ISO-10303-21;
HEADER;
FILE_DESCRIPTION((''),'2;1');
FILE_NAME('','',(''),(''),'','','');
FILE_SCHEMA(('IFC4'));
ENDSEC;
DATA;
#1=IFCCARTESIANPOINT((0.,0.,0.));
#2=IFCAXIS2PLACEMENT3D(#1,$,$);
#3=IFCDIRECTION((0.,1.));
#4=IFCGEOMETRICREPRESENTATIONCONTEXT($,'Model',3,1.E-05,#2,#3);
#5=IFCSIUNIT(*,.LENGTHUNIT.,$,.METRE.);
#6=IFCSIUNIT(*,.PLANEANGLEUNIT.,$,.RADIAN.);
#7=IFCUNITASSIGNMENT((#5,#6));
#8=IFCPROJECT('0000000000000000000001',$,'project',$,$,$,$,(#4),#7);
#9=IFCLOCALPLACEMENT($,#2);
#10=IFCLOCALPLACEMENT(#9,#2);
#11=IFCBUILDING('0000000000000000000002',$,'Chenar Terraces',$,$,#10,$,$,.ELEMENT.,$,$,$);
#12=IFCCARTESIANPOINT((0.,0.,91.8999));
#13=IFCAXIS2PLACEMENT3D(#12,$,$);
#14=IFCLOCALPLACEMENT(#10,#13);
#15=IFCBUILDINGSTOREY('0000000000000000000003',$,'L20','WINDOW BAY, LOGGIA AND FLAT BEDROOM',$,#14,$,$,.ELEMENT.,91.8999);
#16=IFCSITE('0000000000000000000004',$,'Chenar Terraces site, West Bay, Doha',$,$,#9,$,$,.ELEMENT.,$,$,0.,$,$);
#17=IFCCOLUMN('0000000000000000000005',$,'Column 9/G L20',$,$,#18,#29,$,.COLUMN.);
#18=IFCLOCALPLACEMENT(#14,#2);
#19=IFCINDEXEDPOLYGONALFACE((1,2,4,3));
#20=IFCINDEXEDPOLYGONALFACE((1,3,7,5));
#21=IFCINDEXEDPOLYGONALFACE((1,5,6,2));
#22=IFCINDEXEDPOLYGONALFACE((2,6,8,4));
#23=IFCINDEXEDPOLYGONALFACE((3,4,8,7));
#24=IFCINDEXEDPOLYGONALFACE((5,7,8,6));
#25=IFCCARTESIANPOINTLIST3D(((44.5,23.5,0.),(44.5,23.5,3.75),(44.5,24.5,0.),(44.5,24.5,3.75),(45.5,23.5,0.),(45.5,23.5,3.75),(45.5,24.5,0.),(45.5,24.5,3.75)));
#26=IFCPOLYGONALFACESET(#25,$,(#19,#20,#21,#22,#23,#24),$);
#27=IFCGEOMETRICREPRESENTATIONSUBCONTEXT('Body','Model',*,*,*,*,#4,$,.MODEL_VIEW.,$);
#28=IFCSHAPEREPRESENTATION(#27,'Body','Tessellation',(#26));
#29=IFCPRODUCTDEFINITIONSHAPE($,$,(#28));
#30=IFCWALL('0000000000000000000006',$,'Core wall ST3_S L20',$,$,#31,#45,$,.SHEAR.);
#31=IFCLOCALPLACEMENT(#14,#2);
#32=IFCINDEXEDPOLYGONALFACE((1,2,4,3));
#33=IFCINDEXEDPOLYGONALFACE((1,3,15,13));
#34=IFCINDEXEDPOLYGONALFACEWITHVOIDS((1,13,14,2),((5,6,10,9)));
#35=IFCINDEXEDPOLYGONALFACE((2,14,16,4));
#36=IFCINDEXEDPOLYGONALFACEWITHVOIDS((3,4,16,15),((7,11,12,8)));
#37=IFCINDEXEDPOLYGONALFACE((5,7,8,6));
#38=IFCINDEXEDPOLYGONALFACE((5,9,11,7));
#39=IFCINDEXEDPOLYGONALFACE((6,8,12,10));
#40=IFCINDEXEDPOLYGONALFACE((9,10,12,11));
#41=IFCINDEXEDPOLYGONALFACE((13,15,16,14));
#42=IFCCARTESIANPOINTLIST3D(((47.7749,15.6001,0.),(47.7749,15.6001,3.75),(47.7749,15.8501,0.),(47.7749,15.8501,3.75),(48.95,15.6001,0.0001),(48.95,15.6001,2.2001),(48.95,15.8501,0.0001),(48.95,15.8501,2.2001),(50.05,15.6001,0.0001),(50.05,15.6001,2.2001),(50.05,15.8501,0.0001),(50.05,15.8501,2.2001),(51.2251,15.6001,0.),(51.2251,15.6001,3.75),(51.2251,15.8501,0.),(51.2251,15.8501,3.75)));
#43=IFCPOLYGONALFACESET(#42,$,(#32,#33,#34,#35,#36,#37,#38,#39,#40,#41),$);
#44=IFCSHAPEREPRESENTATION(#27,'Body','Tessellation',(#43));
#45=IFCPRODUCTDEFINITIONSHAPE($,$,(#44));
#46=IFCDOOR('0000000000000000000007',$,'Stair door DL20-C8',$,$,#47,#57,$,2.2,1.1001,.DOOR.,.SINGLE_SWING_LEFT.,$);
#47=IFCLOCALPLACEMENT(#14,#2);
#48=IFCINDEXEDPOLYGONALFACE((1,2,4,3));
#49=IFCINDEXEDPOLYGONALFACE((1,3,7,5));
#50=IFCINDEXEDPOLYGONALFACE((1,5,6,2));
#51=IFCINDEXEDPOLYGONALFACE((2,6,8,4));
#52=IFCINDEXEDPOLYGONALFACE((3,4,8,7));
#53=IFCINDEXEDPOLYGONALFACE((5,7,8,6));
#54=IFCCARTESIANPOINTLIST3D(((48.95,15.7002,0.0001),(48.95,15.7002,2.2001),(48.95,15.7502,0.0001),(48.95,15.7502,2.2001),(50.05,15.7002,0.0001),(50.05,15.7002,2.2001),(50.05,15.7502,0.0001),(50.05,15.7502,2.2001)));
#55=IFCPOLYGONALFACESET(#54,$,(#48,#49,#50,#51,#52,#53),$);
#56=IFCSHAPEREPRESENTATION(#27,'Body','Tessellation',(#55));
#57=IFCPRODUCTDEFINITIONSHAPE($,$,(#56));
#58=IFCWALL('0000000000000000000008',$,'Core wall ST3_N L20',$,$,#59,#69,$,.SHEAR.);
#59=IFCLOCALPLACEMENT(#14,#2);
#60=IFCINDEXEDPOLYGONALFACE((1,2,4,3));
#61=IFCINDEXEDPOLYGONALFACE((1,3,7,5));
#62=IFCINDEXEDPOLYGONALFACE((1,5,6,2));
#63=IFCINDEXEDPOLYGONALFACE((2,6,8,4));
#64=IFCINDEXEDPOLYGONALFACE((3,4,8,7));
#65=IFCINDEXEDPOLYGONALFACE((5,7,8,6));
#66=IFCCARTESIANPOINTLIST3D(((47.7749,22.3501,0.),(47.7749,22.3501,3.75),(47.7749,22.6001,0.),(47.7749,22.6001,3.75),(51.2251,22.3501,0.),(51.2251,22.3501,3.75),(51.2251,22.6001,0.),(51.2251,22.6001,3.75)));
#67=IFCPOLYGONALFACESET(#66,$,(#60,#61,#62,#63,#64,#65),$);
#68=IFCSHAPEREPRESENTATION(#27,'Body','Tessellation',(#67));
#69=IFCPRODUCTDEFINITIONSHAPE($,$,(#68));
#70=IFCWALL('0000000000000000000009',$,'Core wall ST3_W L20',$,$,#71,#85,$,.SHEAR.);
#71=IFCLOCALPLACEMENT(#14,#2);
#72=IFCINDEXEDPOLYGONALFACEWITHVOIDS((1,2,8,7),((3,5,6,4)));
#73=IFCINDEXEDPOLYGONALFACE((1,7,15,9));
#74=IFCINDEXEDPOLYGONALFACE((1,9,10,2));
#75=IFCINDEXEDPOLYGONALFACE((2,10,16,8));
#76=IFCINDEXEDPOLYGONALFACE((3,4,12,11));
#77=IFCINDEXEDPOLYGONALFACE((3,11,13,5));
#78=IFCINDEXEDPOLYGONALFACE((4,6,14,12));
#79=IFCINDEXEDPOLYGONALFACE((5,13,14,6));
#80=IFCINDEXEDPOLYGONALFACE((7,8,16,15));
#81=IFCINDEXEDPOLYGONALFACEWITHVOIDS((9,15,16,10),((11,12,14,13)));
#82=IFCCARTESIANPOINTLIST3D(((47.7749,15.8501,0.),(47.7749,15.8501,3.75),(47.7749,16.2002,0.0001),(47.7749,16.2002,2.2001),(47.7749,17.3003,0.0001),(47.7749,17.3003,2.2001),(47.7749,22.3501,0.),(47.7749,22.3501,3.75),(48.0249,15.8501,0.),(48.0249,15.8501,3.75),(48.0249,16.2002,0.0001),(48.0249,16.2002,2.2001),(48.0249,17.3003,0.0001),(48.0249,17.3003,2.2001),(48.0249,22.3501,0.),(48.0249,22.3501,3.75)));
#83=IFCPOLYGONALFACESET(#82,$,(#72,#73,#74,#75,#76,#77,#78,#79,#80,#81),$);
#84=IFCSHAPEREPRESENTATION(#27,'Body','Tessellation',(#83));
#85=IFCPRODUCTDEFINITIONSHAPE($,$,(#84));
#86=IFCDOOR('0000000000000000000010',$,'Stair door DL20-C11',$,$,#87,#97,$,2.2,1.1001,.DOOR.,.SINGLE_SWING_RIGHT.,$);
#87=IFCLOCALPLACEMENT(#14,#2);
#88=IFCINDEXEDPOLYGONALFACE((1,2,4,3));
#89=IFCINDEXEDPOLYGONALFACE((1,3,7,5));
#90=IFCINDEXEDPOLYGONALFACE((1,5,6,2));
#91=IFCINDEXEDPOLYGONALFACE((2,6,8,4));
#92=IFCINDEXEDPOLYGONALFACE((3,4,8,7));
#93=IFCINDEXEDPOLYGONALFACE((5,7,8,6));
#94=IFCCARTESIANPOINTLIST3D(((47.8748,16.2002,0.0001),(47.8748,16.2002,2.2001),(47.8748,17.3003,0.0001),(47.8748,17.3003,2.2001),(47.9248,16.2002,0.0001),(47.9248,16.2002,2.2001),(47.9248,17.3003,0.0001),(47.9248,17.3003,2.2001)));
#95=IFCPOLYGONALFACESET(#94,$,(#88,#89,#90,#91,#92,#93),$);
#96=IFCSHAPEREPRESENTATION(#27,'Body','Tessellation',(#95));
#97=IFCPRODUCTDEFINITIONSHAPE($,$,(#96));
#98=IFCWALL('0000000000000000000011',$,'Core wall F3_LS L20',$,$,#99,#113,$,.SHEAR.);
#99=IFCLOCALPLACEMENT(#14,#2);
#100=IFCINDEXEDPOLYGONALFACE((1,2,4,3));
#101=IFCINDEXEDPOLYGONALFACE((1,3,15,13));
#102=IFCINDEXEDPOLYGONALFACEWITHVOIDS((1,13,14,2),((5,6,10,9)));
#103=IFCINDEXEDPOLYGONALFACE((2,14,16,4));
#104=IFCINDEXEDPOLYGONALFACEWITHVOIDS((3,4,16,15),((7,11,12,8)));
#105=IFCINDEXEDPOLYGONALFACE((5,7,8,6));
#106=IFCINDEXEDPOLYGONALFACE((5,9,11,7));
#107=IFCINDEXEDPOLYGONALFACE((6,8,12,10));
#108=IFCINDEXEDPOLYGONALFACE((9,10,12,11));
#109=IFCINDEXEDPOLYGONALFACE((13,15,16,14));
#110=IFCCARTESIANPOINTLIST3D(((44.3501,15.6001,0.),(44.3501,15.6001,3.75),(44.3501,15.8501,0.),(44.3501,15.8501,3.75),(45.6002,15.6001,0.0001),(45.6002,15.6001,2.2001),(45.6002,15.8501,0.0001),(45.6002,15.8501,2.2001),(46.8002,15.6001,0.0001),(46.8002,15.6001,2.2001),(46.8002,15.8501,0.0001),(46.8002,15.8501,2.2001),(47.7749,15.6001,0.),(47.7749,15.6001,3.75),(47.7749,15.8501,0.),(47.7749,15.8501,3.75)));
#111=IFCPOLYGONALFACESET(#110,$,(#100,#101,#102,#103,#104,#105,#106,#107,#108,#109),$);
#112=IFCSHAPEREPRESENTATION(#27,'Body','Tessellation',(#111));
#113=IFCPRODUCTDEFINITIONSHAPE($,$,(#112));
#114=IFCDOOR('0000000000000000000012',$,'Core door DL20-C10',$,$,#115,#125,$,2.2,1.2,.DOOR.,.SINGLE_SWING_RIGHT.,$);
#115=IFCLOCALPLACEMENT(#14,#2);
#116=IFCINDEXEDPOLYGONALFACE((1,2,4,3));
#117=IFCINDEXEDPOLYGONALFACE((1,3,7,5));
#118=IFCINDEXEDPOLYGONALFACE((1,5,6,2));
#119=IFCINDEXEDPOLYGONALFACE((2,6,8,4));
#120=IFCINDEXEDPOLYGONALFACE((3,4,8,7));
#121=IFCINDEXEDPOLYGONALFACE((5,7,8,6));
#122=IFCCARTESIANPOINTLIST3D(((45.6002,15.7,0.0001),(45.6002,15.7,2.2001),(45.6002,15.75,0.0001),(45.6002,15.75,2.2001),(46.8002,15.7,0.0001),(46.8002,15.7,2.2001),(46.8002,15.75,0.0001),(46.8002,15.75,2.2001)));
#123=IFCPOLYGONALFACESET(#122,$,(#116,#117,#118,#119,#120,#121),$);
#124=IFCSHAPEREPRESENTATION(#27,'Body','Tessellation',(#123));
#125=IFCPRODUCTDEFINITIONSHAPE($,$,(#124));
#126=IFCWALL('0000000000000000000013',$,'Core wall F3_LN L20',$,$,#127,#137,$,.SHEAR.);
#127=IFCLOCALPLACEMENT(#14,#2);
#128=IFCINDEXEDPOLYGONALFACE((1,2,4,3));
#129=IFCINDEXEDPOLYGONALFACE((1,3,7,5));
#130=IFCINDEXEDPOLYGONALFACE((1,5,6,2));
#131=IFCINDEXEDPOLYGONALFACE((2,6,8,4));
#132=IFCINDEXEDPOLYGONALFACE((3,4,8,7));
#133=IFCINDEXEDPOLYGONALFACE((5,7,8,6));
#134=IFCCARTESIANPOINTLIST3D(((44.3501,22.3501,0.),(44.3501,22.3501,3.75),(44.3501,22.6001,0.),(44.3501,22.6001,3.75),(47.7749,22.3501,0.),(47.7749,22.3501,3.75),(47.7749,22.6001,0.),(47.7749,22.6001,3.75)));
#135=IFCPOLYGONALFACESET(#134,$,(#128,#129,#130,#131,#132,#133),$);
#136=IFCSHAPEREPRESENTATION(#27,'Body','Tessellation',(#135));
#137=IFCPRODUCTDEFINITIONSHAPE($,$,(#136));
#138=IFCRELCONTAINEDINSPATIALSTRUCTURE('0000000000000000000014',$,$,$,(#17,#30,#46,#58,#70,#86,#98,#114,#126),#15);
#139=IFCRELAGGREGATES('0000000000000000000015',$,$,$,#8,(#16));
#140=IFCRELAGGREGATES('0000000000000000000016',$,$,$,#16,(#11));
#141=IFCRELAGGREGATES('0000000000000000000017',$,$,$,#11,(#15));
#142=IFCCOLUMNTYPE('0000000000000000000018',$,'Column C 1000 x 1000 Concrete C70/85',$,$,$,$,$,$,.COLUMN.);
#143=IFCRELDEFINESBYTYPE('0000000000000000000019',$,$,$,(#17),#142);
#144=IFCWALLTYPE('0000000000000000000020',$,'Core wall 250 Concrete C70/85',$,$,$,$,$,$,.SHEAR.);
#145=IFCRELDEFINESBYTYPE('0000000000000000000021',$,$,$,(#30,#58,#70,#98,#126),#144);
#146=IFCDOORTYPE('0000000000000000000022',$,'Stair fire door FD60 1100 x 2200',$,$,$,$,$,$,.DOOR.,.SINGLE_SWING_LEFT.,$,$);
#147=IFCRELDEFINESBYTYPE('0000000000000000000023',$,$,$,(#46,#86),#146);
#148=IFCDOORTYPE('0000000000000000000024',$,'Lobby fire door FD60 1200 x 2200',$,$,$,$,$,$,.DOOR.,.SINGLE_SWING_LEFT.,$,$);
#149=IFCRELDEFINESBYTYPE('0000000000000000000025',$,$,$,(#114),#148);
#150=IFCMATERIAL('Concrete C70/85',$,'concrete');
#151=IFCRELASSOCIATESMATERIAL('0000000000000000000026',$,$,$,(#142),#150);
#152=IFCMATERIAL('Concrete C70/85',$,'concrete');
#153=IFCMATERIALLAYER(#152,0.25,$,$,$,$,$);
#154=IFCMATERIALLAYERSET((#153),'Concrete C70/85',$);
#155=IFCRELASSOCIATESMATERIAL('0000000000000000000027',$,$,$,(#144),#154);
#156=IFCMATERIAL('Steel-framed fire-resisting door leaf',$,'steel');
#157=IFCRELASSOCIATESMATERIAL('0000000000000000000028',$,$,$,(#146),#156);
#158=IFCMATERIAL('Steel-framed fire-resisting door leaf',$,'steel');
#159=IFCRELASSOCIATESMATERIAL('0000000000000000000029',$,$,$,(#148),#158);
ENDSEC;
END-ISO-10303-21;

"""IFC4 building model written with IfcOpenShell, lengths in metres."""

from ifc_helpers import new_model, si_unit, direction, frame, frame_2d, origin, origin_2d, place, context, subcontext, project, spatial, rectangle, extrude, material, layer, layer_set, material_profile, profile_set, type_object, element, fill, save


model = new_model("IFC4")

# Units and contexts
model_context = context("Model", 3, precision=1e-05, world=origin(), true_north=direction((0.0, 1.0)))
body_context = subcontext(model_context, "Body", "Model", "MODEL_VIEW")
ifc_project = project(units=[si_unit("LENGTHUNIT", "METRE"), si_unit("PLANEANGLEUNIT", "RADIAN")], contexts=[model_context])

# Site, building, storey
site_placement = place(None, origin())
site = spatial("IfcSite", under=ifc_project, at=site_placement, Name="Chenar Terraces site, West Bay, Doha", CompositionType="ELEMENT", RefElevation=0.0)
building_placement = place(site_placement, origin())
building = spatial("IfcBuilding", under=site, at=building_placement, Name="Chenar Terraces", CompositionType="ELEMENT")
storey_placement = place(building_placement, frame((0.0, 0.0, 91.8999)))
storey = spatial("IfcBuildingStorey", under=building, at=storey_placement, Name="L20", Description="WINDOW BAY, LOGGIA AND FLAT BEDROOM", CompositionType="ELEMENT", Elevation=91.8999)

# Column
ifc_material_1 = material(Name="Concrete C70/85", Category="concrete")
ifc_material_profile_1 = material_profile(ifc_material_1, rectangle(XDim=1.0, YDim=1.0, at=origin_2d()), Name="C 1000 x 1000")
ifc_profile_set_1 = profile_set([ifc_material_profile_1], Name="Concrete C70/85")
column_type = type_object("IfcColumnType", Name="Column C 1000 x 1000 Concrete C70/85", PredefinedType="COLUMN", material=ifc_profile_set_1)
column_placement = place(storey_placement, frame((45.0, 24.0, 0.0), z_axis=(0.0, 0.0, 1.0), x_axis=(1.0, 0.0, 0.0)))
element("IfcColumn", 1, at=column_placement, inside=storey, type_object=column_type, Name="Column 9/G L20", PredefinedType="COLUMN", context=body_context, shape_type="SweptSolid", body=[
    extrude(rectangle(XDim=1.0, YDim=1.0, at=origin_2d()), origin(), (0.0, 0.0, 1.0), 3.75),
])

# Wall, opening, door
ifc_material_2 = material(Name="Concrete C70/85", Category="concrete")
ifc_layer_1 = layer(ifc_material_2, 0.25)
ifc_layer_set_1 = layer_set([ifc_layer_1], Name="Concrete C70/85")
wall_type_1 = type_object("IfcWallType", Name="Core wall 250 Concrete C70/85", PredefinedType="SHEAR", material=ifc_layer_set_1)
wall_1_placement = place(storey_placement, frame((47.7749, 15.7251, 0.0), z_axis=(0.0, 0.0, 1.0), x_axis=(1.0, 0.0, 0.0)))
wall_1 = element("IfcWall", 2, at=wall_1_placement, inside=storey, type_object=wall_type_1, Name="Core wall ST3_S L20", PredefinedType="SHEAR", context=body_context, shape_type="SweptSolid", body=[
    extrude(rectangle(XDim=3.4502, YDim=0.25, at=frame_2d((1.7251, 0.0))), origin(), (0.0, 0.0, 1.0), 3.75),
])
opening_1_placement = place(wall_1_placement, frame((1.175, 0.0, 0.0)))
opening_1 = element("IfcOpeningElement", 3, at=opening_1_placement, cuts=wall_1, PredefinedType="OPENING", context=body_context, shape_type="SweptSolid", body=[
    extrude(rectangle(XDim=1.1001, YDim=2.2, at=frame_2d((0.55, 1.1001))), frame((0.0, 0.135, 0.0), z_axis=(0.0, -1.0, 0.0), x_axis=(1.0, 0.0, 0.0)), (0.0, 0.0, 1.0), 0.27),
])
ifc_material_3 = material(Name="Steel-framed fire-resisting door leaf", Category="steel")
door_type_1 = type_object("IfcDoorType", Name="Stair fire door FD60 1100 x 2200", OperationType="SINGLE_SWING_LEFT", PredefinedType="DOOR", material=ifc_material_3)
door_1_placement = place(opening_1_placement, frame((1.1001, 0.0, 0.0), z_axis=(0.0, 0.0, 1.0), x_axis=(-1.0, 0.0, 0.0)))
door_1 = element("IfcDoor", 4, at=door_1_placement, inside=storey, type_object=door_type_1, Name="Stair door DL20-C8", OperationType="SINGLE_SWING_LEFT", OverallHeight=2.2, OverallWidth=1.1001, PredefinedType="DOOR", context=body_context, shape_type="SweptSolid", body=[
    extrude(rectangle(XDim=1.1001, YDim=2.2, at=frame_2d((0.55, 1.1001))), frame((0.0, 0.0249, 0.0), z_axis=(0.0, -1.0, 0.0), x_axis=(1.0, 0.0, 0.0)), (0.0, 0.0, 1.0), 0.05),
])
fill(opening_1, door_1)

# Wall
wall_2_placement = place(storey_placement, frame((47.7749, 22.4751, 0.0), z_axis=(0.0, 0.0, 1.0), x_axis=(1.0, 0.0, 0.0)))
element("IfcWall", 5, at=wall_2_placement, inside=storey, type_object=wall_type_1, Name="Core wall ST3_N L20", PredefinedType="SHEAR", context=body_context, shape_type="SweptSolid", body=[
    extrude(rectangle(XDim=3.4502, YDim=0.25, at=frame_2d((1.7251, 0.0))), origin(), (0.0, 0.0, 1.0), 3.75),
])

# Walls, openings, doors
wall_3_placement = place(storey_placement, frame((47.8999, 15.8501, 0.0), z_axis=(0.0, 0.0, 1.0), x_axis=(0.0, 1.0, 0.0)))
wall_3 = element("IfcWall", 6, at=wall_3_placement, inside=storey, type_object=wall_type_1, Name="Core wall ST3_W L20", PredefinedType="SHEAR", context=body_context, shape_type="SweptSolid", body=[
    extrude(rectangle(XDim=6.5, YDim=0.25, at=frame_2d((3.25, 0.0))), origin(), (0.0, 0.0, 1.0), 3.75),
])
opening_2_placement = place(wall_3_placement, frame((0.3501, 0.0, 0.0)))
opening_2 = element("IfcOpeningElement", 7, at=opening_2_placement, cuts=wall_3, PredefinedType="OPENING", context=body_context, shape_type="SweptSolid", body=[
    extrude(rectangle(XDim=1.1001, YDim=2.2, at=frame_2d((0.55, 1.1001))), frame((0.0, 0.135, 0.0), z_axis=(0.0, -1.0, 0.0), x_axis=(1.0, 0.0, 0.0)), (0.0, 0.0, 1.0), 0.27),
])
door_2_placement = place(opening_2_placement, frame((1.1001, 0.0, 0.0), z_axis=(0.0, 0.0, 1.0), x_axis=(-1.0, 0.0, 0.0)))
door_2 = element("IfcDoor", 8, at=door_2_placement, inside=storey, type_object=door_type_1, Name="Stair door DL20-C11", OperationType="SINGLE_SWING_RIGHT", OverallHeight=2.2, OverallWidth=1.1001, PredefinedType="DOOR", context=body_context, shape_type="SweptSolid", body=[
    extrude(rectangle(XDim=1.1001, YDim=2.2, at=frame_2d((0.55, 1.1001))), frame((0.0, 0.0249, 0.0), z_axis=(0.0, -1.0, 0.0), x_axis=(1.0, 0.0, 0.0)), (0.0, 0.0, 1.0), 0.05),
])
fill(opening_2, door_2)
wall_4_placement = place(storey_placement, frame((44.3501, 15.7251, 0.0), z_axis=(0.0, 0.0, 1.0), x_axis=(1.0, 0.0, 0.0)))
wall_4 = element("IfcWall", 9, at=wall_4_placement, inside=storey, type_object=wall_type_1, Name="Core wall F3_LS L20", PredefinedType="SHEAR", context=body_context, shape_type="SweptSolid", body=[
    extrude(rectangle(XDim=3.4248, YDim=0.25, at=frame_2d((1.7124, 0.0))), origin(), (0.0, 0.0, 1.0), 3.75),
])
opening_3_placement = place(wall_4_placement, frame((1.25, 0.0, 0.0)))
opening_3 = element("IfcOpeningElement", 10, at=opening_3_placement, cuts=wall_4, PredefinedType="OPENING", context=body_context, shape_type="SweptSolid", body=[
    extrude(rectangle(XDim=1.2, YDim=2.2, at=frame_2d((0.6001, 1.1001))), frame((0.0, 0.135, 0.0), z_axis=(0.0, -1.0, 0.0), x_axis=(1.0, 0.0, 0.0)), (0.0, 0.0, 1.0), 0.27),
])
ifc_material_4 = material(Name="Steel-framed fire-resisting door leaf", Category="steel")
door_type_2 = type_object("IfcDoorType", Name="Lobby fire door FD60 1200 x 2200", OperationType="SINGLE_SWING_LEFT", PredefinedType="DOOR", material=ifc_material_4)
door_3_placement = place(opening_3_placement, origin())
door_3 = element("IfcDoor", 11, at=door_3_placement, inside=storey, type_object=door_type_2, Name="Core door DL20-C10", OperationType="SINGLE_SWING_RIGHT", OverallHeight=2.2, OverallWidth=1.2, PredefinedType="DOOR", context=body_context, shape_type="SweptSolid", body=[
    extrude(rectangle(XDim=1.2, YDim=2.2, at=frame_2d((0.6001, 1.1001))), frame((0.0, 0.0249, 0.0), z_axis=(0.0, -1.0, 0.0), x_axis=(1.0, 0.0, 0.0)), (0.0, 0.0, 1.0), 0.05),
])
fill(opening_3, door_3)

# Wall
wall_5_placement = place(storey_placement, frame((44.3501, 22.4751, 0.0), z_axis=(0.0, 0.0, 1.0), x_axis=(1.0, 0.0, 0.0)))
element("IfcWall", 12, at=wall_5_placement, inside=storey, type_object=wall_type_1, Name="Core wall F3_LN L20", PredefinedType="SHEAR", context=body_context, shape_type="SweptSolid", body=[
    extrude(rectangle(XDim=3.4248, YDim=0.25, at=frame_2d((1.7124, 0.0))), origin(), (0.0, 0.0, 1.0), 3.75),
])

save(model, "model.ifc")
